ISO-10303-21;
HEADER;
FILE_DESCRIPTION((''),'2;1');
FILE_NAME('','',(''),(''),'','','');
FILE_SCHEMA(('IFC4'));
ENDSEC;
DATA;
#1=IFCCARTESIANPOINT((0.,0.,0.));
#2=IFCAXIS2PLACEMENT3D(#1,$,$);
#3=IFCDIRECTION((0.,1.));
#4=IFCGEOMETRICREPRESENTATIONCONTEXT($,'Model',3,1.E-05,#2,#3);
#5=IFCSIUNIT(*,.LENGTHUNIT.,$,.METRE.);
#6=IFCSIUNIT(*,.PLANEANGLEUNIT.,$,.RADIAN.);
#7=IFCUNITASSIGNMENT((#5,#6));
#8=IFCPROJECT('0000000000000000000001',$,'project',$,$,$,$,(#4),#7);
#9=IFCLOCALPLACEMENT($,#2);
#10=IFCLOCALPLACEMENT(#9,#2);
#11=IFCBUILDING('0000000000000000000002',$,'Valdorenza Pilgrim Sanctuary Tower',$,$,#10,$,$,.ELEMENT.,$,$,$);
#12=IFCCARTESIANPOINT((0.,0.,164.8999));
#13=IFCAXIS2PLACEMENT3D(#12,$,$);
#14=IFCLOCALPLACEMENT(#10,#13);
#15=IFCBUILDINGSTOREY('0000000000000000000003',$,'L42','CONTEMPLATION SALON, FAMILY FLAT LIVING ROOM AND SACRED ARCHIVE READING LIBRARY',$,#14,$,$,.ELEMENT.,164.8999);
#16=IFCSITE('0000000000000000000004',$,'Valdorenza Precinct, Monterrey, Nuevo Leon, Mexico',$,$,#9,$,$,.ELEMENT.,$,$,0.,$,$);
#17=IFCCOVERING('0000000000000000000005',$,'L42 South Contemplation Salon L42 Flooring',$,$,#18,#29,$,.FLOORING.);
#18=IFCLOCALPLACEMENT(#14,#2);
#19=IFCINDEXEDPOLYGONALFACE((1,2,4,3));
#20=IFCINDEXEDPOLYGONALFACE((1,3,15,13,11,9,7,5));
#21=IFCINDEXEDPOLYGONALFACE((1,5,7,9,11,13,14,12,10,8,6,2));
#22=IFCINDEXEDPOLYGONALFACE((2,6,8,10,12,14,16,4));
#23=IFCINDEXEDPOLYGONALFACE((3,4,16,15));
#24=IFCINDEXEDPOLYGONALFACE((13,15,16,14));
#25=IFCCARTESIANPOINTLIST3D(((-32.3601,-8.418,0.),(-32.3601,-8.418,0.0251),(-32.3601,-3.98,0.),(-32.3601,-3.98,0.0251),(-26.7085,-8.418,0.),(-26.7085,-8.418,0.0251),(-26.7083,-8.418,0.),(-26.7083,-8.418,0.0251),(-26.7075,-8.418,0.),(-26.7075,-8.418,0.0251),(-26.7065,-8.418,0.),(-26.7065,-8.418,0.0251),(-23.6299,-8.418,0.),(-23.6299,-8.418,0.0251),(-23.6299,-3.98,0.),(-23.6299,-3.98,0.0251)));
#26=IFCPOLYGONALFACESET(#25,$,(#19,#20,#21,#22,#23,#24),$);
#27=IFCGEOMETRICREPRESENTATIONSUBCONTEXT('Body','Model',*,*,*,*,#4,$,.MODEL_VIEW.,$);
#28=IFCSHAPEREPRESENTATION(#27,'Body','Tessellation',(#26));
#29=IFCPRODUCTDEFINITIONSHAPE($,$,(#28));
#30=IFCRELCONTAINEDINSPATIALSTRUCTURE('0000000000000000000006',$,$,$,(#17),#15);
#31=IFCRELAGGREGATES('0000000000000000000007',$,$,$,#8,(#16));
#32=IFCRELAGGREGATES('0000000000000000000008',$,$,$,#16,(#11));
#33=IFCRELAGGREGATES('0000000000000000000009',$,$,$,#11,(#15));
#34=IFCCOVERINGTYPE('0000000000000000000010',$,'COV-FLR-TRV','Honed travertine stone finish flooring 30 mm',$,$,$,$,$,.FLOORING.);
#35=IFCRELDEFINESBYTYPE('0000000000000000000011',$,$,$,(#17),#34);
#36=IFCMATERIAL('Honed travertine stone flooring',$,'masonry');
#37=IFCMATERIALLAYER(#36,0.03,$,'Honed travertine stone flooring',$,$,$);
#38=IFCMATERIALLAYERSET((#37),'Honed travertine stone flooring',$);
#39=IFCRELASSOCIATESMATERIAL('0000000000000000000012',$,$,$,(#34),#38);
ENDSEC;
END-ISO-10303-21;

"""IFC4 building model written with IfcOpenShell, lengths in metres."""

from ifc_helpers import new_model, si_unit, direction, frame, origin, place, context, subcontext, project, spatial, polyline, outline, extrude, material, layer, layer_set, type_object, element, save


model = new_model("IFC4")

# Units and contexts
model_context = context("Model", 3, precision=1e-05, world=origin(), true_north=direction((0.0, 1.0)))
body_context = subcontext(model_context, "Body", "Model", "MODEL_VIEW")
ifc_project = project(units=[si_unit("LENGTHUNIT", "METRE"), si_unit("PLANEANGLEUNIT", "RADIAN")], contexts=[model_context])

# Site, building, storey
site_placement = place(None, origin())
site = spatial("IfcSite", under=ifc_project, at=site_placement, Name="Valdorenza Precinct, Monterrey, Nuevo Leon, Mexico", CompositionType="ELEMENT", RefElevation=0.0)
building_placement = place(site_placement, origin())
building = spatial("IfcBuilding", under=site, at=building_placement, Name="Valdorenza Pilgrim Sanctuary Tower", CompositionType="ELEMENT")
storey_placement = place(building_placement, frame((0.0, 0.0, 164.8999)))
storey = spatial("IfcBuildingStorey", under=building, at=storey_placement, Name="L42", Description="CONTEMPLATION SALON, FAMILY FLAT LIVING ROOM AND SACRED ARCHIVE READING LIBRARY", CompositionType="ELEMENT", Elevation=164.8999)

# Covering
ifc_material_1 = material(Name="Honed travertine stone flooring", Category="masonry")
ifc_layer_1 = layer(ifc_material_1, 0.03, Name="Honed travertine stone flooring")
ifc_layer_set_1 = layer_set([ifc_layer_1], Name="Honed travertine stone flooring")
covering_type_1 = type_object("IfcCoveringType", Name="COV-FLR-TRV", Description="Honed travertine stone finish flooring 30 mm", PredefinedType="FLOORING", material=ifc_layer_set_1)
covering_1_placement = place(storey_placement, origin())
element("IfcCovering", 1, at=covering_1_placement, inside=storey, type_object=covering_type_1, Name="L42 South Contemplation Salon L42 Flooring", PredefinedType="FLOORING", context=body_context, shape_type="SweptSolid", body=[
    extrude(outline(polyline([(-26.7083, -8.418), (-26.7085, -8.418), (-32.3601, -8.418), (-32.3601, -3.98), (-23.6299, -3.98), (-23.6299, -8.418), (-26.7065, -8.418), (-26.7075, -8.418), (-26.7083, -8.418)])), origin(), (0.0, 0.0, 1.0), 0.0251),
])

save(model, "model.ifc")
